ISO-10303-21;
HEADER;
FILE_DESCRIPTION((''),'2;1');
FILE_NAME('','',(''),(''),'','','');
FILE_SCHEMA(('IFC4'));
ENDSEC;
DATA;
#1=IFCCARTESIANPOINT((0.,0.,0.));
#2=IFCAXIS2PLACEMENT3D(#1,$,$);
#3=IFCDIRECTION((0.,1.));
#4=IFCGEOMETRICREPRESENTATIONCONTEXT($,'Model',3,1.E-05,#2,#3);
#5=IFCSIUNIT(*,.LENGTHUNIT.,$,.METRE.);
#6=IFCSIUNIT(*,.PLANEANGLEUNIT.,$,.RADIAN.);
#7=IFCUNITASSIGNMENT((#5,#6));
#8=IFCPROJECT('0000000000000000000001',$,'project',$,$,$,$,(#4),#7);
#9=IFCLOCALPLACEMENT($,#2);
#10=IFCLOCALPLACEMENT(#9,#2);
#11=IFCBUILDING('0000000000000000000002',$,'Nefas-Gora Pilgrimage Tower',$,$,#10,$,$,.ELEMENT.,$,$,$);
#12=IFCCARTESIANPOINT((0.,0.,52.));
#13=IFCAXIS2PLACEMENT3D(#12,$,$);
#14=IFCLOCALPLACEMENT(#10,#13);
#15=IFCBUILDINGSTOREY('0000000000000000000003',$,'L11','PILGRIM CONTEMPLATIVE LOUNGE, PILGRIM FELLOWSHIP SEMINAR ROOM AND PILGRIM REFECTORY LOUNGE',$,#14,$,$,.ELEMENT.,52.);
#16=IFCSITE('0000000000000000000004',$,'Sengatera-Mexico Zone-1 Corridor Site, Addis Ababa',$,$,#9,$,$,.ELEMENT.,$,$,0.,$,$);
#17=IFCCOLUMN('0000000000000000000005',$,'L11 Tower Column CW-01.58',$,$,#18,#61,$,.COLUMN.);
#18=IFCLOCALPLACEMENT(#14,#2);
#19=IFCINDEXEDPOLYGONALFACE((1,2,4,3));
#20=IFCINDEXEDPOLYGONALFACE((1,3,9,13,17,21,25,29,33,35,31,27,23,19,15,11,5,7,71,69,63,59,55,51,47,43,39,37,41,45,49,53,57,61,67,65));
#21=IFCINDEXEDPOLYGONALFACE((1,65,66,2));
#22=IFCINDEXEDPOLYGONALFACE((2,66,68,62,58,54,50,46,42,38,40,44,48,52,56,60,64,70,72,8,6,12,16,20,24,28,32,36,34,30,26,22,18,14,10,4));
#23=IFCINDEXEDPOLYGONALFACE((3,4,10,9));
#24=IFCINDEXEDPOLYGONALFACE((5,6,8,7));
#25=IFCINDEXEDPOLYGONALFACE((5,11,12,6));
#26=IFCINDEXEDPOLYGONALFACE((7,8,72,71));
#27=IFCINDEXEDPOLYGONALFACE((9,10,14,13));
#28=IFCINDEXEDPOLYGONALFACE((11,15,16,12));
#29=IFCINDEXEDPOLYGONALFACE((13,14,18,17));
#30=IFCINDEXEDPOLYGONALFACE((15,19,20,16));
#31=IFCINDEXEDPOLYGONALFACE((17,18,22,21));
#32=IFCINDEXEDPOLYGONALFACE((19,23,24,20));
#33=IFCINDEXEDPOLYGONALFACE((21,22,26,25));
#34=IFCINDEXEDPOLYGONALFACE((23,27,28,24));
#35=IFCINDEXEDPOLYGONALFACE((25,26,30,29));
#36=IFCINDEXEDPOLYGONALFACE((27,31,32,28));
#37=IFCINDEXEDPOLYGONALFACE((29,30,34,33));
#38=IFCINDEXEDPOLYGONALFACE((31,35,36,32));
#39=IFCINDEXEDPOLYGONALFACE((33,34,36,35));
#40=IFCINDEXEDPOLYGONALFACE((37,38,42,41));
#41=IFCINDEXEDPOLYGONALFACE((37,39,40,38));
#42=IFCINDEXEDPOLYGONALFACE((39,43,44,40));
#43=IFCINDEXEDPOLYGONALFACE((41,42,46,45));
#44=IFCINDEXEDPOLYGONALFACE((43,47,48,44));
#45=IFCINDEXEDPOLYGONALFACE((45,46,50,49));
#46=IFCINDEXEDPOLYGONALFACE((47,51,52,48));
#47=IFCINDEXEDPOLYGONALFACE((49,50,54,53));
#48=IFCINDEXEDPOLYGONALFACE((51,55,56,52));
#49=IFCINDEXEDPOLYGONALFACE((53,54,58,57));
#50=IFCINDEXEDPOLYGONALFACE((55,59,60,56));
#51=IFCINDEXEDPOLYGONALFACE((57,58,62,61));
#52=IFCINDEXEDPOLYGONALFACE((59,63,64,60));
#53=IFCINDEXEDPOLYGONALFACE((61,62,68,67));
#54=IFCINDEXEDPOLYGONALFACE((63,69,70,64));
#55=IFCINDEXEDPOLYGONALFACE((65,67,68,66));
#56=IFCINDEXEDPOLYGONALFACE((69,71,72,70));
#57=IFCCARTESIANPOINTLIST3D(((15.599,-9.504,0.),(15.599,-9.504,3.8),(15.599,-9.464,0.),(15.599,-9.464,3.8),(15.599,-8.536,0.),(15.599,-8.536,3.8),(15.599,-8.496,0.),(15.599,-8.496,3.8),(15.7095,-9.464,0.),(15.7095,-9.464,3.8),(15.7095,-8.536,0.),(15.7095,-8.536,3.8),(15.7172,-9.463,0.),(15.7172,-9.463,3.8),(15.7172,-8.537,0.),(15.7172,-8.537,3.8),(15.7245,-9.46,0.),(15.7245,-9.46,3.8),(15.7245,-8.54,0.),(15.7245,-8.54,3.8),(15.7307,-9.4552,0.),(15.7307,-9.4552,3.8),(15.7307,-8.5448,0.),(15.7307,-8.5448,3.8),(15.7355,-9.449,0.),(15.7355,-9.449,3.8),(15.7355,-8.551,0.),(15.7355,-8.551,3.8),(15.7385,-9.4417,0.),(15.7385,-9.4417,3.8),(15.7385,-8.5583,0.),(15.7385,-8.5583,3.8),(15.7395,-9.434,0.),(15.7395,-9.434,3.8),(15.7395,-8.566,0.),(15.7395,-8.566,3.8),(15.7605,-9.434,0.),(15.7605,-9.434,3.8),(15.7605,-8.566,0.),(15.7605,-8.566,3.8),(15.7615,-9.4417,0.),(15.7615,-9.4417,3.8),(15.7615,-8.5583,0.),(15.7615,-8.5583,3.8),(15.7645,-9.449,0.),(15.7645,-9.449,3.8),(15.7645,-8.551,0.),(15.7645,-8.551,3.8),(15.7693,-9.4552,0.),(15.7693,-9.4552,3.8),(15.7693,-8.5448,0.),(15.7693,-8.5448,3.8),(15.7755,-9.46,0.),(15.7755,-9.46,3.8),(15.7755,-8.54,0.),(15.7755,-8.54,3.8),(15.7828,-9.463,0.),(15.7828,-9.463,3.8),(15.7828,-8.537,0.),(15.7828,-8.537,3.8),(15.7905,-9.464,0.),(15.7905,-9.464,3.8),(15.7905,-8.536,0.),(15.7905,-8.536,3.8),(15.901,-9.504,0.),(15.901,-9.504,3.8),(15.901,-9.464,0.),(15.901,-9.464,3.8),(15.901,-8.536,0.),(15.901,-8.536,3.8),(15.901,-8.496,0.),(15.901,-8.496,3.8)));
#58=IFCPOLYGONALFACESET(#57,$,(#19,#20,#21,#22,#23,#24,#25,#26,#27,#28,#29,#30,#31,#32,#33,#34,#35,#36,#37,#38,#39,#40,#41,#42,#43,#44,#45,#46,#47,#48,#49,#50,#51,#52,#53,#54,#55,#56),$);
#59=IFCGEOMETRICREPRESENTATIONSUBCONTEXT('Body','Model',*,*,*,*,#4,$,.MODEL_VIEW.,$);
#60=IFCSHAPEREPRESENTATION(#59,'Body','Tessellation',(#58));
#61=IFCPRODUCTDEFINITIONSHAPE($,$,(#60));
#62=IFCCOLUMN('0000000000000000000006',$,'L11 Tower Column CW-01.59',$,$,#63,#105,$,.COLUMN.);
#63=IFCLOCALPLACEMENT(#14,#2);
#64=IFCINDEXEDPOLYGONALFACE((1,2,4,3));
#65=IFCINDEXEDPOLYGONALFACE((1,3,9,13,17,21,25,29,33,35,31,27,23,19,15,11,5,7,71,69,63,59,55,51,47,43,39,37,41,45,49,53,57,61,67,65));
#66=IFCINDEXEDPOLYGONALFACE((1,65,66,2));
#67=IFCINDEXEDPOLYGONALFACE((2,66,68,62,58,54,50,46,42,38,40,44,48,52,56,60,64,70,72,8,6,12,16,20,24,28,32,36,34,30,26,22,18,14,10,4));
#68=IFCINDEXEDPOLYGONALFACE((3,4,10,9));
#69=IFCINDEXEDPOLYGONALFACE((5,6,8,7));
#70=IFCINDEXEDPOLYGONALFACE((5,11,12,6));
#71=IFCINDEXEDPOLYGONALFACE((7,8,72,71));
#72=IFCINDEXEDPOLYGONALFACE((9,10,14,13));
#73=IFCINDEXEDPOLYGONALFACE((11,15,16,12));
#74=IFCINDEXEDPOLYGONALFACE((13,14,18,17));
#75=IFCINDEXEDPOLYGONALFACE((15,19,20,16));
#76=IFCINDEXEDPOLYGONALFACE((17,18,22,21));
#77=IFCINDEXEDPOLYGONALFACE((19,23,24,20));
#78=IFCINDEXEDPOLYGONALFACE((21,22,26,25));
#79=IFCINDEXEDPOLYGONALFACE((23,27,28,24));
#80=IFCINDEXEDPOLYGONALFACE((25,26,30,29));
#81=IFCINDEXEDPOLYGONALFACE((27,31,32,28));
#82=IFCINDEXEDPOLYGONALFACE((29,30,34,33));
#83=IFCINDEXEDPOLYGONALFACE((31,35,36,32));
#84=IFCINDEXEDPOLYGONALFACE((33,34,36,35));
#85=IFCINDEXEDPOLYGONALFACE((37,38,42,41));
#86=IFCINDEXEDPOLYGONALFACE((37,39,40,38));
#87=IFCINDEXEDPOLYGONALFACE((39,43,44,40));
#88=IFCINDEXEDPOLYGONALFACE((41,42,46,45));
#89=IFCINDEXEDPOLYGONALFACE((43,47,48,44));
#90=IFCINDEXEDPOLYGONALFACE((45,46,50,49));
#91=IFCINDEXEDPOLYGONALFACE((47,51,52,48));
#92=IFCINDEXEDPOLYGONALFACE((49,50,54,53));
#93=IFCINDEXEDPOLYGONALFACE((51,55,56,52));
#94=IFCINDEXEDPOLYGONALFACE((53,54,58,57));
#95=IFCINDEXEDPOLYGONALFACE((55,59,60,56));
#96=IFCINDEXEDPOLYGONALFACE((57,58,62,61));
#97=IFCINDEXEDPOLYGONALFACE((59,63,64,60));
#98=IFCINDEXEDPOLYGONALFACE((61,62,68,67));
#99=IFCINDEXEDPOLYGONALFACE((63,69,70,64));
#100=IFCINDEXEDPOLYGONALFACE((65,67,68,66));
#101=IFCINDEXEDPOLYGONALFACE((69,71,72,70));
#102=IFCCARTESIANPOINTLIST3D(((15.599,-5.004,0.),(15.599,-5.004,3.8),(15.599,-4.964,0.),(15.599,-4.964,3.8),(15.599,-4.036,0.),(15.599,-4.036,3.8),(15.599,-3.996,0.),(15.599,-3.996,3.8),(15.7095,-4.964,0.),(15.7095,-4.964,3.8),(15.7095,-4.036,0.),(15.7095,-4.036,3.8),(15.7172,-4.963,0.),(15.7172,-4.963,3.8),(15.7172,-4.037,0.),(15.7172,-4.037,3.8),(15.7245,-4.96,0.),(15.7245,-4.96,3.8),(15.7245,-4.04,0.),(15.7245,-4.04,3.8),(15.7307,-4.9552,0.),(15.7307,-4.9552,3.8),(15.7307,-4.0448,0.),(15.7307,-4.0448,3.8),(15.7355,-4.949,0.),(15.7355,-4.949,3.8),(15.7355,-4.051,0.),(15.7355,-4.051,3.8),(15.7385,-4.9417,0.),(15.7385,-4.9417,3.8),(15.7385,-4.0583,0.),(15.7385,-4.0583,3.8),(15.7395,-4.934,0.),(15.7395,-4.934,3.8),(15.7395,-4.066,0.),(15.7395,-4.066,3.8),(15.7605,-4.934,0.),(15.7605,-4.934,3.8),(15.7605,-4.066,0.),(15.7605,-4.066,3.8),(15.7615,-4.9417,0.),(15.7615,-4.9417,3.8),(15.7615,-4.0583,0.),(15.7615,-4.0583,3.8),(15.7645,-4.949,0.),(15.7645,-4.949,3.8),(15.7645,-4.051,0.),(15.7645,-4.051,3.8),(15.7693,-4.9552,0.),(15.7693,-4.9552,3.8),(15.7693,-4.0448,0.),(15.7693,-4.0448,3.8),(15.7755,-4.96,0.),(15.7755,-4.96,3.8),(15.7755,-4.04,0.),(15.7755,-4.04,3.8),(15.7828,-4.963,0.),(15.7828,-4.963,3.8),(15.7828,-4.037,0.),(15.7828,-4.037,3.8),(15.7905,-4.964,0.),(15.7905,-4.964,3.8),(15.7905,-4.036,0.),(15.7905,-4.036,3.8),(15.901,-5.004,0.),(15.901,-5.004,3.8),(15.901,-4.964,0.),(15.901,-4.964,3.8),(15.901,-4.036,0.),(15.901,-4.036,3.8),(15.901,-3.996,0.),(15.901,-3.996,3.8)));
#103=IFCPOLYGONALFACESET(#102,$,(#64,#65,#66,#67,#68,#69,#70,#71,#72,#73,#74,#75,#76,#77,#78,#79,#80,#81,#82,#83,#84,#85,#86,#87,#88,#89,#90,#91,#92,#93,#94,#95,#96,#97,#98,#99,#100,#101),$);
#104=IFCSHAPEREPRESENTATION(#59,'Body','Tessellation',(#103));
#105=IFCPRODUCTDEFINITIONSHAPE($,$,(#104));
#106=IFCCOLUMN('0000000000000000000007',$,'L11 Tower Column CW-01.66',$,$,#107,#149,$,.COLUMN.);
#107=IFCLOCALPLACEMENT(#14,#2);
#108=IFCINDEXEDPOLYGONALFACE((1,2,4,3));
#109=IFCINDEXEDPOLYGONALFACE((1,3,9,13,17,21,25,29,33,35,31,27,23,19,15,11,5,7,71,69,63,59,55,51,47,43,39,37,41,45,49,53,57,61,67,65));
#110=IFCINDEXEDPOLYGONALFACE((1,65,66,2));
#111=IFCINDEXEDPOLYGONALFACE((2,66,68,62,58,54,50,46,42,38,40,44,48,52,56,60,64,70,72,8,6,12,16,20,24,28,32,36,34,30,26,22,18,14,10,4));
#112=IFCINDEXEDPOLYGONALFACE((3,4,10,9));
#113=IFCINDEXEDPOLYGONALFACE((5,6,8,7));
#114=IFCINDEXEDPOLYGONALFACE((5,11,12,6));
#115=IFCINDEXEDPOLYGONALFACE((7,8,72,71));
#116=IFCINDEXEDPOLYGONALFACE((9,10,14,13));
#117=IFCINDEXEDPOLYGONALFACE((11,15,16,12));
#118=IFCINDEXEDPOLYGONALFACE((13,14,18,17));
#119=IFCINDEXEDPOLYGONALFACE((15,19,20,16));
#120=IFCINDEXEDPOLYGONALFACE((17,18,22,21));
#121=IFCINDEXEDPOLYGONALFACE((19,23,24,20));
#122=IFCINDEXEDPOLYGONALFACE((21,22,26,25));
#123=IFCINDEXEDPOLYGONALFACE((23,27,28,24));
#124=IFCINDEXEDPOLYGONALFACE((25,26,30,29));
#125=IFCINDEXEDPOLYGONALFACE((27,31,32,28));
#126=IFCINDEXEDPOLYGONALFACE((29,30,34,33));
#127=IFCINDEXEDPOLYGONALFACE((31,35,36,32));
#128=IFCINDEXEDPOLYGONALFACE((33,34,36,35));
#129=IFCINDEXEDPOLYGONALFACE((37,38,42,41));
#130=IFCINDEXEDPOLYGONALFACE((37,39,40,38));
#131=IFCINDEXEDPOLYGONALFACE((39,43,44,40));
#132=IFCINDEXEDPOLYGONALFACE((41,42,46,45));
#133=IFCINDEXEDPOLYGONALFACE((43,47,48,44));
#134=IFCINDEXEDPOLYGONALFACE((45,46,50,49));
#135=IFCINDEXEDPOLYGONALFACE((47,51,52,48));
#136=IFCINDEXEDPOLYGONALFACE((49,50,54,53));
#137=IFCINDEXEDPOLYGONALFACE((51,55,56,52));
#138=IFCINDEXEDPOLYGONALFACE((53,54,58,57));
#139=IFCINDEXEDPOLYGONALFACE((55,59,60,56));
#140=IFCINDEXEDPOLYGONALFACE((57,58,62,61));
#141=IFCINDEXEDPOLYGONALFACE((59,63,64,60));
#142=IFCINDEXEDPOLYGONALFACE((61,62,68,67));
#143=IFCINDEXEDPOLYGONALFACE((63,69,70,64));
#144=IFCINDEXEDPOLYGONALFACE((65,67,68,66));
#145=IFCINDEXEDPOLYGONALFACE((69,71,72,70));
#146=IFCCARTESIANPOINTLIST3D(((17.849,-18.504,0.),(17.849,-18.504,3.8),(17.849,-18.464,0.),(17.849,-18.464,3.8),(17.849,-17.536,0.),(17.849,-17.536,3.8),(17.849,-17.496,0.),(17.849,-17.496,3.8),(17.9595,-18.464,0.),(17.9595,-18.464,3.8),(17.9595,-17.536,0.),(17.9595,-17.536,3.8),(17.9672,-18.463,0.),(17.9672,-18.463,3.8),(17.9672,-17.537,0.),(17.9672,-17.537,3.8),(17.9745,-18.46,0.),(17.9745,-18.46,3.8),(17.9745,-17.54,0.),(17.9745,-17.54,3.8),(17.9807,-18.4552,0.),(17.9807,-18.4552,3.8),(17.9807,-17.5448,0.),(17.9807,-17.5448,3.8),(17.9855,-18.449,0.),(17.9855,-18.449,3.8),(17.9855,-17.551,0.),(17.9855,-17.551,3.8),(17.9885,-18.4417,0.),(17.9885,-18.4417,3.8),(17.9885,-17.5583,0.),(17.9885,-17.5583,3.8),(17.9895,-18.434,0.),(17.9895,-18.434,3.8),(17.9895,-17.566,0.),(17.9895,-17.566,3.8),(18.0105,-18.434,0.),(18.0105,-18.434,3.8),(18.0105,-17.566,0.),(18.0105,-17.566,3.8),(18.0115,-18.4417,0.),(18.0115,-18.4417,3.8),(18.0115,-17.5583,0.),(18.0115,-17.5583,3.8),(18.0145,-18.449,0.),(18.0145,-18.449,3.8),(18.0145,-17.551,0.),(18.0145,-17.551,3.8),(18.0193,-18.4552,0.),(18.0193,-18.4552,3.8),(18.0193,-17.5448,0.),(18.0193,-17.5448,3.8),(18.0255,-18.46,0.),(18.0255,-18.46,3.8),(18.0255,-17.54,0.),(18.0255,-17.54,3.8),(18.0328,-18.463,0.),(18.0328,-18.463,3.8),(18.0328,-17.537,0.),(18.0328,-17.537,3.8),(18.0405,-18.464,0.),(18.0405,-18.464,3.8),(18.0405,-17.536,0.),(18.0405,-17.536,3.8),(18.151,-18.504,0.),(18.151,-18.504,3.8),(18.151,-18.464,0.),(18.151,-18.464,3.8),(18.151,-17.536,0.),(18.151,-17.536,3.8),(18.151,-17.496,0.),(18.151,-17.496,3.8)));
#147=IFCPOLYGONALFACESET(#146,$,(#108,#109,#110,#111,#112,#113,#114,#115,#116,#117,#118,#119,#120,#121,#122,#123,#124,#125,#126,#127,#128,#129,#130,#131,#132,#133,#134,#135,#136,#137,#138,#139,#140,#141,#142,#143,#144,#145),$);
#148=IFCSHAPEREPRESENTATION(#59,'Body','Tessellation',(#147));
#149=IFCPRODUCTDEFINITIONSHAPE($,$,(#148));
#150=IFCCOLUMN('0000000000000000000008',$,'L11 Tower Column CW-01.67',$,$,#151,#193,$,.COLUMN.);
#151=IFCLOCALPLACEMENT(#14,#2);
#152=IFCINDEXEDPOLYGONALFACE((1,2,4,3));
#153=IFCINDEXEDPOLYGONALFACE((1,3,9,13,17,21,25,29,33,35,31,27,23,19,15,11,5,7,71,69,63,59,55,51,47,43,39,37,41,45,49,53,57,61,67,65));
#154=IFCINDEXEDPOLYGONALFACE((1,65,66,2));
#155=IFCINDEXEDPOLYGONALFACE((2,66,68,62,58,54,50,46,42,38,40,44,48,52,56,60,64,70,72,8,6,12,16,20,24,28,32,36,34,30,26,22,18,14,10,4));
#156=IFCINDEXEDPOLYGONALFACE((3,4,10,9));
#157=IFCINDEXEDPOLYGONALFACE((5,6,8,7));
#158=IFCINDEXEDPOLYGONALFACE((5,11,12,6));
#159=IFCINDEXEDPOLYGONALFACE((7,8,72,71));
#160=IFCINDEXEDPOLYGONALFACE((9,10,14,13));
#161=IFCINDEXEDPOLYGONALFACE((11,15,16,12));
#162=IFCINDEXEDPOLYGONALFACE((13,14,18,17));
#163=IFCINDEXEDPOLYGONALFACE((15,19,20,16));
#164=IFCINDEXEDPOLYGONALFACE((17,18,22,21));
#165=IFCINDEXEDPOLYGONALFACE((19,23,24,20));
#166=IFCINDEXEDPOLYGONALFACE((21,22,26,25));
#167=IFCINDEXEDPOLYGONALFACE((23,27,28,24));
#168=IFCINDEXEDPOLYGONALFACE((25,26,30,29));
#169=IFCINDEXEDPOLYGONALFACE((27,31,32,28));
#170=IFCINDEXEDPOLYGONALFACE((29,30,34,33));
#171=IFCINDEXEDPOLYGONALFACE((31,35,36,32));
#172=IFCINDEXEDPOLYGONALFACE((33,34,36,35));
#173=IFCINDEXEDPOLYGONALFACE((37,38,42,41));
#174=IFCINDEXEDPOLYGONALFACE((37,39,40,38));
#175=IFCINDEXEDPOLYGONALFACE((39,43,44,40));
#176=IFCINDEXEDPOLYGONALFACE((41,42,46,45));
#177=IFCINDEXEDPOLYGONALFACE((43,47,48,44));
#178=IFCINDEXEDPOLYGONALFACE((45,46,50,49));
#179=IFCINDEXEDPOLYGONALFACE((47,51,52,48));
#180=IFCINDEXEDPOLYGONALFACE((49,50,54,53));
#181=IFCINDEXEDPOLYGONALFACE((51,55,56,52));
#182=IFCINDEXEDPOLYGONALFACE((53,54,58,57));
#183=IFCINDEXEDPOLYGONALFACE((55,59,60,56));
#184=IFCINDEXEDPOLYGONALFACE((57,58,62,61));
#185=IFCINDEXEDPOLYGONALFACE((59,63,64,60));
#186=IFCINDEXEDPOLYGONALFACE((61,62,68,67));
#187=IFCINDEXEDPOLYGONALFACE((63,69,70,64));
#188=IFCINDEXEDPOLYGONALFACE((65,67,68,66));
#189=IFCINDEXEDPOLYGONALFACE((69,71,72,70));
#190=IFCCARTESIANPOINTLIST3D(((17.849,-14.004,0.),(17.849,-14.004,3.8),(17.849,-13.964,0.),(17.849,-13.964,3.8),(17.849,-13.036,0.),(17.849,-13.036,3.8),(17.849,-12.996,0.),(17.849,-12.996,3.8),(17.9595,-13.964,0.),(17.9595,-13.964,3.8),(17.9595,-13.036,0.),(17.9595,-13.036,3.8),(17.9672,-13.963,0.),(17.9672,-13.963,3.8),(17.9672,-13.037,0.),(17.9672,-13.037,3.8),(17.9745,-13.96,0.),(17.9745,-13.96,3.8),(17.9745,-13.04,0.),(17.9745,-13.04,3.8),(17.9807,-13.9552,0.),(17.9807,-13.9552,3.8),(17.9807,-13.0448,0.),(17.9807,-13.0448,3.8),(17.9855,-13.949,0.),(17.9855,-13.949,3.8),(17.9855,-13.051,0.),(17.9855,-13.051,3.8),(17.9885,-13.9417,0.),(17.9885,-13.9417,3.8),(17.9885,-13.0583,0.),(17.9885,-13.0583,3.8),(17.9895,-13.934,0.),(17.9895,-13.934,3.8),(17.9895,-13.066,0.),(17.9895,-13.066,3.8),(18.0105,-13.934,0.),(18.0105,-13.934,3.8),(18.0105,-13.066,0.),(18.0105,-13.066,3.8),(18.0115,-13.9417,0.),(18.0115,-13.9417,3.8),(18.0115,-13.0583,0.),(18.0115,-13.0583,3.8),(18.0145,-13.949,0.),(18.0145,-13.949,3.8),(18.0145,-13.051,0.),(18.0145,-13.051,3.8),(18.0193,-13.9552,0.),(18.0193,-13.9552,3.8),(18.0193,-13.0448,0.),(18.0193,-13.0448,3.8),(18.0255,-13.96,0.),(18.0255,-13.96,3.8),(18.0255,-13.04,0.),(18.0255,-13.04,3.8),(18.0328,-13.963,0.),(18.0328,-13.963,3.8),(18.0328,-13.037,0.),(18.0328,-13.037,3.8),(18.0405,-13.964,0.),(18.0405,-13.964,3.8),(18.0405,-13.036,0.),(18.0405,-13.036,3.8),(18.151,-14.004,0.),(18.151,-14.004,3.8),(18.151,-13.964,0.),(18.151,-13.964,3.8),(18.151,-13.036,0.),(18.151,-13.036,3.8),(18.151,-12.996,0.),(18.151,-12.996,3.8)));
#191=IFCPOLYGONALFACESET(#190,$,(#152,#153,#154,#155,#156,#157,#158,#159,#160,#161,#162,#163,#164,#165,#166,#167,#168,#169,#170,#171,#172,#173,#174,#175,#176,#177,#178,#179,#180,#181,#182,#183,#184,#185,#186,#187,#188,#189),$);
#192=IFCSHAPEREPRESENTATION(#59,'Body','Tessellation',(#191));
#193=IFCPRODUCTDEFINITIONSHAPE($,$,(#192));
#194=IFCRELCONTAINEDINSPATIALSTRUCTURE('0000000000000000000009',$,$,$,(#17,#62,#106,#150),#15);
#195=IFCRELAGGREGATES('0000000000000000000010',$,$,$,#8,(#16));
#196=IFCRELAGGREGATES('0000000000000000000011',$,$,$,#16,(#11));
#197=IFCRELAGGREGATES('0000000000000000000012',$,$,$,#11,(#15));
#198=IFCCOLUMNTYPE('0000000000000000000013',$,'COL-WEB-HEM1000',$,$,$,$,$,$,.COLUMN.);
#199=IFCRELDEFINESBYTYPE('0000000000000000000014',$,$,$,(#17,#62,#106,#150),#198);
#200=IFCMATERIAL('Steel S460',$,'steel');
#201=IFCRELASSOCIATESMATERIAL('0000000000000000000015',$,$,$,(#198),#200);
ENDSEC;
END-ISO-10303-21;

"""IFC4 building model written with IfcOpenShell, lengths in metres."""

from ifc_helpers import new_model, si_unit, direction, frame, origin, origin_2d, place, context, subcontext, project, spatial, i_section, extrude, source, transform, mapped, material, material_profile, profile_set, type_object, element, save


model = new_model("IFC4")

# Units and contexts
model_context = context("Model", 3, precision=1e-05, world=origin(), true_north=direction((0.0, 1.0)))
body_context = subcontext(model_context, "Body", "Model", "MODEL_VIEW")
ifc_project = project(units=[si_unit("LENGTHUNIT", "METRE"), si_unit("PLANEANGLEUNIT", "RADIAN")], contexts=[model_context])

# Site, building, storey
site_placement = place(None, origin())
site = spatial("IfcSite", under=ifc_project, at=site_placement, Name="Sengatera-Mexico Zone-1 Corridor Site, Addis Ababa", CompositionType="ELEMENT", RefElevation=0.0)
building_placement = place(site_placement, origin())
building = spatial("IfcBuilding", under=site, at=building_placement, Name="Nefas-Gora Pilgrimage Tower", CompositionType="ELEMENT")
storey_placement = place(building_placement, frame((0.0, 0.0, 52.0)))
storey = spatial("IfcBuildingStorey", under=building, at=storey_placement, Name="L11", Description="PILGRIM CONTEMPLATIVE LOUNGE, PILGRIM FELLOWSHIP SEMINAR ROOM AND PILGRIM REFECTORY LOUNGE", CompositionType="ELEMENT", Elevation=52.0)

# Columns
ifc_material_1 = material(Name="Steel S460", Category="steel")
ifc_material_profile_1 = material_profile(ifc_material_1, i_section(OverallWidth=0.302, OverallDepth=1.0081, WebThickness=0.021, FlangeThickness=0.04, FilletRadius=0.03, at=origin_2d()), Name="HEM 1000")
ifc_profile_set_1 = profile_set([ifc_material_profile_1], Name="Steel S460")
column_type_1 = type_object("IfcColumnType", Name="COL-WEB-HEM1000", PredefinedType="COLUMN", material=ifc_profile_set_1)
shared_shape_1 = source(origin(), body_context, "Body", "SweptSolid", [
    extrude(i_section(OverallWidth=0.302, OverallDepth=1.0081, WebThickness=0.021, FlangeThickness=0.04, FilletRadius=0.03, at=origin_2d()), origin(), (0.0, 0.0, 1.0), 3.8),
])
for number, where, z_axis, x_axis, name in (
    (1, (15.75, -9.0, 0.0), (0.0, 0.0, 1.0), (1.0, 0.0, 0.0), "L11 Tower Column CW-01.58"),
    (2, (15.75, -4.5, 0.0), (0.0, 0.0, 1.0), (1.0, 0.0, 0.0), "L11 Tower Column CW-01.59"),
    (3, (18.0, -18.0, 0.0), (0.0, 0.0, 1.0), (1.0, 0.0, 0.0), "L11 Tower Column CW-01.66"),
    (4, (18.0, -13.5, 0.0), (0.0, 0.0, 1.0), (1.0, 0.0, 0.0), "L11 Tower Column CW-01.67"),
):
    element("IfcColumn", number, at=place(storey_placement, frame(where, z_axis=z_axis, x_axis=x_axis)), inside=storey, type_object=column_type_1, Name=name, PredefinedType="COLUMN", context=body_context, shape_type="MappedRepresentation", body=[
        mapped(shared_shape_1, transform((0.0, 0.0, 0.0), x_axis=(1.0, 0.0, 0.0), y_axis=(0.0, 1.0, 0.0), z_axis=(0.0, 0.0, 1.0), scale=1.0)),
    ])

save(model, "model.ifc")
